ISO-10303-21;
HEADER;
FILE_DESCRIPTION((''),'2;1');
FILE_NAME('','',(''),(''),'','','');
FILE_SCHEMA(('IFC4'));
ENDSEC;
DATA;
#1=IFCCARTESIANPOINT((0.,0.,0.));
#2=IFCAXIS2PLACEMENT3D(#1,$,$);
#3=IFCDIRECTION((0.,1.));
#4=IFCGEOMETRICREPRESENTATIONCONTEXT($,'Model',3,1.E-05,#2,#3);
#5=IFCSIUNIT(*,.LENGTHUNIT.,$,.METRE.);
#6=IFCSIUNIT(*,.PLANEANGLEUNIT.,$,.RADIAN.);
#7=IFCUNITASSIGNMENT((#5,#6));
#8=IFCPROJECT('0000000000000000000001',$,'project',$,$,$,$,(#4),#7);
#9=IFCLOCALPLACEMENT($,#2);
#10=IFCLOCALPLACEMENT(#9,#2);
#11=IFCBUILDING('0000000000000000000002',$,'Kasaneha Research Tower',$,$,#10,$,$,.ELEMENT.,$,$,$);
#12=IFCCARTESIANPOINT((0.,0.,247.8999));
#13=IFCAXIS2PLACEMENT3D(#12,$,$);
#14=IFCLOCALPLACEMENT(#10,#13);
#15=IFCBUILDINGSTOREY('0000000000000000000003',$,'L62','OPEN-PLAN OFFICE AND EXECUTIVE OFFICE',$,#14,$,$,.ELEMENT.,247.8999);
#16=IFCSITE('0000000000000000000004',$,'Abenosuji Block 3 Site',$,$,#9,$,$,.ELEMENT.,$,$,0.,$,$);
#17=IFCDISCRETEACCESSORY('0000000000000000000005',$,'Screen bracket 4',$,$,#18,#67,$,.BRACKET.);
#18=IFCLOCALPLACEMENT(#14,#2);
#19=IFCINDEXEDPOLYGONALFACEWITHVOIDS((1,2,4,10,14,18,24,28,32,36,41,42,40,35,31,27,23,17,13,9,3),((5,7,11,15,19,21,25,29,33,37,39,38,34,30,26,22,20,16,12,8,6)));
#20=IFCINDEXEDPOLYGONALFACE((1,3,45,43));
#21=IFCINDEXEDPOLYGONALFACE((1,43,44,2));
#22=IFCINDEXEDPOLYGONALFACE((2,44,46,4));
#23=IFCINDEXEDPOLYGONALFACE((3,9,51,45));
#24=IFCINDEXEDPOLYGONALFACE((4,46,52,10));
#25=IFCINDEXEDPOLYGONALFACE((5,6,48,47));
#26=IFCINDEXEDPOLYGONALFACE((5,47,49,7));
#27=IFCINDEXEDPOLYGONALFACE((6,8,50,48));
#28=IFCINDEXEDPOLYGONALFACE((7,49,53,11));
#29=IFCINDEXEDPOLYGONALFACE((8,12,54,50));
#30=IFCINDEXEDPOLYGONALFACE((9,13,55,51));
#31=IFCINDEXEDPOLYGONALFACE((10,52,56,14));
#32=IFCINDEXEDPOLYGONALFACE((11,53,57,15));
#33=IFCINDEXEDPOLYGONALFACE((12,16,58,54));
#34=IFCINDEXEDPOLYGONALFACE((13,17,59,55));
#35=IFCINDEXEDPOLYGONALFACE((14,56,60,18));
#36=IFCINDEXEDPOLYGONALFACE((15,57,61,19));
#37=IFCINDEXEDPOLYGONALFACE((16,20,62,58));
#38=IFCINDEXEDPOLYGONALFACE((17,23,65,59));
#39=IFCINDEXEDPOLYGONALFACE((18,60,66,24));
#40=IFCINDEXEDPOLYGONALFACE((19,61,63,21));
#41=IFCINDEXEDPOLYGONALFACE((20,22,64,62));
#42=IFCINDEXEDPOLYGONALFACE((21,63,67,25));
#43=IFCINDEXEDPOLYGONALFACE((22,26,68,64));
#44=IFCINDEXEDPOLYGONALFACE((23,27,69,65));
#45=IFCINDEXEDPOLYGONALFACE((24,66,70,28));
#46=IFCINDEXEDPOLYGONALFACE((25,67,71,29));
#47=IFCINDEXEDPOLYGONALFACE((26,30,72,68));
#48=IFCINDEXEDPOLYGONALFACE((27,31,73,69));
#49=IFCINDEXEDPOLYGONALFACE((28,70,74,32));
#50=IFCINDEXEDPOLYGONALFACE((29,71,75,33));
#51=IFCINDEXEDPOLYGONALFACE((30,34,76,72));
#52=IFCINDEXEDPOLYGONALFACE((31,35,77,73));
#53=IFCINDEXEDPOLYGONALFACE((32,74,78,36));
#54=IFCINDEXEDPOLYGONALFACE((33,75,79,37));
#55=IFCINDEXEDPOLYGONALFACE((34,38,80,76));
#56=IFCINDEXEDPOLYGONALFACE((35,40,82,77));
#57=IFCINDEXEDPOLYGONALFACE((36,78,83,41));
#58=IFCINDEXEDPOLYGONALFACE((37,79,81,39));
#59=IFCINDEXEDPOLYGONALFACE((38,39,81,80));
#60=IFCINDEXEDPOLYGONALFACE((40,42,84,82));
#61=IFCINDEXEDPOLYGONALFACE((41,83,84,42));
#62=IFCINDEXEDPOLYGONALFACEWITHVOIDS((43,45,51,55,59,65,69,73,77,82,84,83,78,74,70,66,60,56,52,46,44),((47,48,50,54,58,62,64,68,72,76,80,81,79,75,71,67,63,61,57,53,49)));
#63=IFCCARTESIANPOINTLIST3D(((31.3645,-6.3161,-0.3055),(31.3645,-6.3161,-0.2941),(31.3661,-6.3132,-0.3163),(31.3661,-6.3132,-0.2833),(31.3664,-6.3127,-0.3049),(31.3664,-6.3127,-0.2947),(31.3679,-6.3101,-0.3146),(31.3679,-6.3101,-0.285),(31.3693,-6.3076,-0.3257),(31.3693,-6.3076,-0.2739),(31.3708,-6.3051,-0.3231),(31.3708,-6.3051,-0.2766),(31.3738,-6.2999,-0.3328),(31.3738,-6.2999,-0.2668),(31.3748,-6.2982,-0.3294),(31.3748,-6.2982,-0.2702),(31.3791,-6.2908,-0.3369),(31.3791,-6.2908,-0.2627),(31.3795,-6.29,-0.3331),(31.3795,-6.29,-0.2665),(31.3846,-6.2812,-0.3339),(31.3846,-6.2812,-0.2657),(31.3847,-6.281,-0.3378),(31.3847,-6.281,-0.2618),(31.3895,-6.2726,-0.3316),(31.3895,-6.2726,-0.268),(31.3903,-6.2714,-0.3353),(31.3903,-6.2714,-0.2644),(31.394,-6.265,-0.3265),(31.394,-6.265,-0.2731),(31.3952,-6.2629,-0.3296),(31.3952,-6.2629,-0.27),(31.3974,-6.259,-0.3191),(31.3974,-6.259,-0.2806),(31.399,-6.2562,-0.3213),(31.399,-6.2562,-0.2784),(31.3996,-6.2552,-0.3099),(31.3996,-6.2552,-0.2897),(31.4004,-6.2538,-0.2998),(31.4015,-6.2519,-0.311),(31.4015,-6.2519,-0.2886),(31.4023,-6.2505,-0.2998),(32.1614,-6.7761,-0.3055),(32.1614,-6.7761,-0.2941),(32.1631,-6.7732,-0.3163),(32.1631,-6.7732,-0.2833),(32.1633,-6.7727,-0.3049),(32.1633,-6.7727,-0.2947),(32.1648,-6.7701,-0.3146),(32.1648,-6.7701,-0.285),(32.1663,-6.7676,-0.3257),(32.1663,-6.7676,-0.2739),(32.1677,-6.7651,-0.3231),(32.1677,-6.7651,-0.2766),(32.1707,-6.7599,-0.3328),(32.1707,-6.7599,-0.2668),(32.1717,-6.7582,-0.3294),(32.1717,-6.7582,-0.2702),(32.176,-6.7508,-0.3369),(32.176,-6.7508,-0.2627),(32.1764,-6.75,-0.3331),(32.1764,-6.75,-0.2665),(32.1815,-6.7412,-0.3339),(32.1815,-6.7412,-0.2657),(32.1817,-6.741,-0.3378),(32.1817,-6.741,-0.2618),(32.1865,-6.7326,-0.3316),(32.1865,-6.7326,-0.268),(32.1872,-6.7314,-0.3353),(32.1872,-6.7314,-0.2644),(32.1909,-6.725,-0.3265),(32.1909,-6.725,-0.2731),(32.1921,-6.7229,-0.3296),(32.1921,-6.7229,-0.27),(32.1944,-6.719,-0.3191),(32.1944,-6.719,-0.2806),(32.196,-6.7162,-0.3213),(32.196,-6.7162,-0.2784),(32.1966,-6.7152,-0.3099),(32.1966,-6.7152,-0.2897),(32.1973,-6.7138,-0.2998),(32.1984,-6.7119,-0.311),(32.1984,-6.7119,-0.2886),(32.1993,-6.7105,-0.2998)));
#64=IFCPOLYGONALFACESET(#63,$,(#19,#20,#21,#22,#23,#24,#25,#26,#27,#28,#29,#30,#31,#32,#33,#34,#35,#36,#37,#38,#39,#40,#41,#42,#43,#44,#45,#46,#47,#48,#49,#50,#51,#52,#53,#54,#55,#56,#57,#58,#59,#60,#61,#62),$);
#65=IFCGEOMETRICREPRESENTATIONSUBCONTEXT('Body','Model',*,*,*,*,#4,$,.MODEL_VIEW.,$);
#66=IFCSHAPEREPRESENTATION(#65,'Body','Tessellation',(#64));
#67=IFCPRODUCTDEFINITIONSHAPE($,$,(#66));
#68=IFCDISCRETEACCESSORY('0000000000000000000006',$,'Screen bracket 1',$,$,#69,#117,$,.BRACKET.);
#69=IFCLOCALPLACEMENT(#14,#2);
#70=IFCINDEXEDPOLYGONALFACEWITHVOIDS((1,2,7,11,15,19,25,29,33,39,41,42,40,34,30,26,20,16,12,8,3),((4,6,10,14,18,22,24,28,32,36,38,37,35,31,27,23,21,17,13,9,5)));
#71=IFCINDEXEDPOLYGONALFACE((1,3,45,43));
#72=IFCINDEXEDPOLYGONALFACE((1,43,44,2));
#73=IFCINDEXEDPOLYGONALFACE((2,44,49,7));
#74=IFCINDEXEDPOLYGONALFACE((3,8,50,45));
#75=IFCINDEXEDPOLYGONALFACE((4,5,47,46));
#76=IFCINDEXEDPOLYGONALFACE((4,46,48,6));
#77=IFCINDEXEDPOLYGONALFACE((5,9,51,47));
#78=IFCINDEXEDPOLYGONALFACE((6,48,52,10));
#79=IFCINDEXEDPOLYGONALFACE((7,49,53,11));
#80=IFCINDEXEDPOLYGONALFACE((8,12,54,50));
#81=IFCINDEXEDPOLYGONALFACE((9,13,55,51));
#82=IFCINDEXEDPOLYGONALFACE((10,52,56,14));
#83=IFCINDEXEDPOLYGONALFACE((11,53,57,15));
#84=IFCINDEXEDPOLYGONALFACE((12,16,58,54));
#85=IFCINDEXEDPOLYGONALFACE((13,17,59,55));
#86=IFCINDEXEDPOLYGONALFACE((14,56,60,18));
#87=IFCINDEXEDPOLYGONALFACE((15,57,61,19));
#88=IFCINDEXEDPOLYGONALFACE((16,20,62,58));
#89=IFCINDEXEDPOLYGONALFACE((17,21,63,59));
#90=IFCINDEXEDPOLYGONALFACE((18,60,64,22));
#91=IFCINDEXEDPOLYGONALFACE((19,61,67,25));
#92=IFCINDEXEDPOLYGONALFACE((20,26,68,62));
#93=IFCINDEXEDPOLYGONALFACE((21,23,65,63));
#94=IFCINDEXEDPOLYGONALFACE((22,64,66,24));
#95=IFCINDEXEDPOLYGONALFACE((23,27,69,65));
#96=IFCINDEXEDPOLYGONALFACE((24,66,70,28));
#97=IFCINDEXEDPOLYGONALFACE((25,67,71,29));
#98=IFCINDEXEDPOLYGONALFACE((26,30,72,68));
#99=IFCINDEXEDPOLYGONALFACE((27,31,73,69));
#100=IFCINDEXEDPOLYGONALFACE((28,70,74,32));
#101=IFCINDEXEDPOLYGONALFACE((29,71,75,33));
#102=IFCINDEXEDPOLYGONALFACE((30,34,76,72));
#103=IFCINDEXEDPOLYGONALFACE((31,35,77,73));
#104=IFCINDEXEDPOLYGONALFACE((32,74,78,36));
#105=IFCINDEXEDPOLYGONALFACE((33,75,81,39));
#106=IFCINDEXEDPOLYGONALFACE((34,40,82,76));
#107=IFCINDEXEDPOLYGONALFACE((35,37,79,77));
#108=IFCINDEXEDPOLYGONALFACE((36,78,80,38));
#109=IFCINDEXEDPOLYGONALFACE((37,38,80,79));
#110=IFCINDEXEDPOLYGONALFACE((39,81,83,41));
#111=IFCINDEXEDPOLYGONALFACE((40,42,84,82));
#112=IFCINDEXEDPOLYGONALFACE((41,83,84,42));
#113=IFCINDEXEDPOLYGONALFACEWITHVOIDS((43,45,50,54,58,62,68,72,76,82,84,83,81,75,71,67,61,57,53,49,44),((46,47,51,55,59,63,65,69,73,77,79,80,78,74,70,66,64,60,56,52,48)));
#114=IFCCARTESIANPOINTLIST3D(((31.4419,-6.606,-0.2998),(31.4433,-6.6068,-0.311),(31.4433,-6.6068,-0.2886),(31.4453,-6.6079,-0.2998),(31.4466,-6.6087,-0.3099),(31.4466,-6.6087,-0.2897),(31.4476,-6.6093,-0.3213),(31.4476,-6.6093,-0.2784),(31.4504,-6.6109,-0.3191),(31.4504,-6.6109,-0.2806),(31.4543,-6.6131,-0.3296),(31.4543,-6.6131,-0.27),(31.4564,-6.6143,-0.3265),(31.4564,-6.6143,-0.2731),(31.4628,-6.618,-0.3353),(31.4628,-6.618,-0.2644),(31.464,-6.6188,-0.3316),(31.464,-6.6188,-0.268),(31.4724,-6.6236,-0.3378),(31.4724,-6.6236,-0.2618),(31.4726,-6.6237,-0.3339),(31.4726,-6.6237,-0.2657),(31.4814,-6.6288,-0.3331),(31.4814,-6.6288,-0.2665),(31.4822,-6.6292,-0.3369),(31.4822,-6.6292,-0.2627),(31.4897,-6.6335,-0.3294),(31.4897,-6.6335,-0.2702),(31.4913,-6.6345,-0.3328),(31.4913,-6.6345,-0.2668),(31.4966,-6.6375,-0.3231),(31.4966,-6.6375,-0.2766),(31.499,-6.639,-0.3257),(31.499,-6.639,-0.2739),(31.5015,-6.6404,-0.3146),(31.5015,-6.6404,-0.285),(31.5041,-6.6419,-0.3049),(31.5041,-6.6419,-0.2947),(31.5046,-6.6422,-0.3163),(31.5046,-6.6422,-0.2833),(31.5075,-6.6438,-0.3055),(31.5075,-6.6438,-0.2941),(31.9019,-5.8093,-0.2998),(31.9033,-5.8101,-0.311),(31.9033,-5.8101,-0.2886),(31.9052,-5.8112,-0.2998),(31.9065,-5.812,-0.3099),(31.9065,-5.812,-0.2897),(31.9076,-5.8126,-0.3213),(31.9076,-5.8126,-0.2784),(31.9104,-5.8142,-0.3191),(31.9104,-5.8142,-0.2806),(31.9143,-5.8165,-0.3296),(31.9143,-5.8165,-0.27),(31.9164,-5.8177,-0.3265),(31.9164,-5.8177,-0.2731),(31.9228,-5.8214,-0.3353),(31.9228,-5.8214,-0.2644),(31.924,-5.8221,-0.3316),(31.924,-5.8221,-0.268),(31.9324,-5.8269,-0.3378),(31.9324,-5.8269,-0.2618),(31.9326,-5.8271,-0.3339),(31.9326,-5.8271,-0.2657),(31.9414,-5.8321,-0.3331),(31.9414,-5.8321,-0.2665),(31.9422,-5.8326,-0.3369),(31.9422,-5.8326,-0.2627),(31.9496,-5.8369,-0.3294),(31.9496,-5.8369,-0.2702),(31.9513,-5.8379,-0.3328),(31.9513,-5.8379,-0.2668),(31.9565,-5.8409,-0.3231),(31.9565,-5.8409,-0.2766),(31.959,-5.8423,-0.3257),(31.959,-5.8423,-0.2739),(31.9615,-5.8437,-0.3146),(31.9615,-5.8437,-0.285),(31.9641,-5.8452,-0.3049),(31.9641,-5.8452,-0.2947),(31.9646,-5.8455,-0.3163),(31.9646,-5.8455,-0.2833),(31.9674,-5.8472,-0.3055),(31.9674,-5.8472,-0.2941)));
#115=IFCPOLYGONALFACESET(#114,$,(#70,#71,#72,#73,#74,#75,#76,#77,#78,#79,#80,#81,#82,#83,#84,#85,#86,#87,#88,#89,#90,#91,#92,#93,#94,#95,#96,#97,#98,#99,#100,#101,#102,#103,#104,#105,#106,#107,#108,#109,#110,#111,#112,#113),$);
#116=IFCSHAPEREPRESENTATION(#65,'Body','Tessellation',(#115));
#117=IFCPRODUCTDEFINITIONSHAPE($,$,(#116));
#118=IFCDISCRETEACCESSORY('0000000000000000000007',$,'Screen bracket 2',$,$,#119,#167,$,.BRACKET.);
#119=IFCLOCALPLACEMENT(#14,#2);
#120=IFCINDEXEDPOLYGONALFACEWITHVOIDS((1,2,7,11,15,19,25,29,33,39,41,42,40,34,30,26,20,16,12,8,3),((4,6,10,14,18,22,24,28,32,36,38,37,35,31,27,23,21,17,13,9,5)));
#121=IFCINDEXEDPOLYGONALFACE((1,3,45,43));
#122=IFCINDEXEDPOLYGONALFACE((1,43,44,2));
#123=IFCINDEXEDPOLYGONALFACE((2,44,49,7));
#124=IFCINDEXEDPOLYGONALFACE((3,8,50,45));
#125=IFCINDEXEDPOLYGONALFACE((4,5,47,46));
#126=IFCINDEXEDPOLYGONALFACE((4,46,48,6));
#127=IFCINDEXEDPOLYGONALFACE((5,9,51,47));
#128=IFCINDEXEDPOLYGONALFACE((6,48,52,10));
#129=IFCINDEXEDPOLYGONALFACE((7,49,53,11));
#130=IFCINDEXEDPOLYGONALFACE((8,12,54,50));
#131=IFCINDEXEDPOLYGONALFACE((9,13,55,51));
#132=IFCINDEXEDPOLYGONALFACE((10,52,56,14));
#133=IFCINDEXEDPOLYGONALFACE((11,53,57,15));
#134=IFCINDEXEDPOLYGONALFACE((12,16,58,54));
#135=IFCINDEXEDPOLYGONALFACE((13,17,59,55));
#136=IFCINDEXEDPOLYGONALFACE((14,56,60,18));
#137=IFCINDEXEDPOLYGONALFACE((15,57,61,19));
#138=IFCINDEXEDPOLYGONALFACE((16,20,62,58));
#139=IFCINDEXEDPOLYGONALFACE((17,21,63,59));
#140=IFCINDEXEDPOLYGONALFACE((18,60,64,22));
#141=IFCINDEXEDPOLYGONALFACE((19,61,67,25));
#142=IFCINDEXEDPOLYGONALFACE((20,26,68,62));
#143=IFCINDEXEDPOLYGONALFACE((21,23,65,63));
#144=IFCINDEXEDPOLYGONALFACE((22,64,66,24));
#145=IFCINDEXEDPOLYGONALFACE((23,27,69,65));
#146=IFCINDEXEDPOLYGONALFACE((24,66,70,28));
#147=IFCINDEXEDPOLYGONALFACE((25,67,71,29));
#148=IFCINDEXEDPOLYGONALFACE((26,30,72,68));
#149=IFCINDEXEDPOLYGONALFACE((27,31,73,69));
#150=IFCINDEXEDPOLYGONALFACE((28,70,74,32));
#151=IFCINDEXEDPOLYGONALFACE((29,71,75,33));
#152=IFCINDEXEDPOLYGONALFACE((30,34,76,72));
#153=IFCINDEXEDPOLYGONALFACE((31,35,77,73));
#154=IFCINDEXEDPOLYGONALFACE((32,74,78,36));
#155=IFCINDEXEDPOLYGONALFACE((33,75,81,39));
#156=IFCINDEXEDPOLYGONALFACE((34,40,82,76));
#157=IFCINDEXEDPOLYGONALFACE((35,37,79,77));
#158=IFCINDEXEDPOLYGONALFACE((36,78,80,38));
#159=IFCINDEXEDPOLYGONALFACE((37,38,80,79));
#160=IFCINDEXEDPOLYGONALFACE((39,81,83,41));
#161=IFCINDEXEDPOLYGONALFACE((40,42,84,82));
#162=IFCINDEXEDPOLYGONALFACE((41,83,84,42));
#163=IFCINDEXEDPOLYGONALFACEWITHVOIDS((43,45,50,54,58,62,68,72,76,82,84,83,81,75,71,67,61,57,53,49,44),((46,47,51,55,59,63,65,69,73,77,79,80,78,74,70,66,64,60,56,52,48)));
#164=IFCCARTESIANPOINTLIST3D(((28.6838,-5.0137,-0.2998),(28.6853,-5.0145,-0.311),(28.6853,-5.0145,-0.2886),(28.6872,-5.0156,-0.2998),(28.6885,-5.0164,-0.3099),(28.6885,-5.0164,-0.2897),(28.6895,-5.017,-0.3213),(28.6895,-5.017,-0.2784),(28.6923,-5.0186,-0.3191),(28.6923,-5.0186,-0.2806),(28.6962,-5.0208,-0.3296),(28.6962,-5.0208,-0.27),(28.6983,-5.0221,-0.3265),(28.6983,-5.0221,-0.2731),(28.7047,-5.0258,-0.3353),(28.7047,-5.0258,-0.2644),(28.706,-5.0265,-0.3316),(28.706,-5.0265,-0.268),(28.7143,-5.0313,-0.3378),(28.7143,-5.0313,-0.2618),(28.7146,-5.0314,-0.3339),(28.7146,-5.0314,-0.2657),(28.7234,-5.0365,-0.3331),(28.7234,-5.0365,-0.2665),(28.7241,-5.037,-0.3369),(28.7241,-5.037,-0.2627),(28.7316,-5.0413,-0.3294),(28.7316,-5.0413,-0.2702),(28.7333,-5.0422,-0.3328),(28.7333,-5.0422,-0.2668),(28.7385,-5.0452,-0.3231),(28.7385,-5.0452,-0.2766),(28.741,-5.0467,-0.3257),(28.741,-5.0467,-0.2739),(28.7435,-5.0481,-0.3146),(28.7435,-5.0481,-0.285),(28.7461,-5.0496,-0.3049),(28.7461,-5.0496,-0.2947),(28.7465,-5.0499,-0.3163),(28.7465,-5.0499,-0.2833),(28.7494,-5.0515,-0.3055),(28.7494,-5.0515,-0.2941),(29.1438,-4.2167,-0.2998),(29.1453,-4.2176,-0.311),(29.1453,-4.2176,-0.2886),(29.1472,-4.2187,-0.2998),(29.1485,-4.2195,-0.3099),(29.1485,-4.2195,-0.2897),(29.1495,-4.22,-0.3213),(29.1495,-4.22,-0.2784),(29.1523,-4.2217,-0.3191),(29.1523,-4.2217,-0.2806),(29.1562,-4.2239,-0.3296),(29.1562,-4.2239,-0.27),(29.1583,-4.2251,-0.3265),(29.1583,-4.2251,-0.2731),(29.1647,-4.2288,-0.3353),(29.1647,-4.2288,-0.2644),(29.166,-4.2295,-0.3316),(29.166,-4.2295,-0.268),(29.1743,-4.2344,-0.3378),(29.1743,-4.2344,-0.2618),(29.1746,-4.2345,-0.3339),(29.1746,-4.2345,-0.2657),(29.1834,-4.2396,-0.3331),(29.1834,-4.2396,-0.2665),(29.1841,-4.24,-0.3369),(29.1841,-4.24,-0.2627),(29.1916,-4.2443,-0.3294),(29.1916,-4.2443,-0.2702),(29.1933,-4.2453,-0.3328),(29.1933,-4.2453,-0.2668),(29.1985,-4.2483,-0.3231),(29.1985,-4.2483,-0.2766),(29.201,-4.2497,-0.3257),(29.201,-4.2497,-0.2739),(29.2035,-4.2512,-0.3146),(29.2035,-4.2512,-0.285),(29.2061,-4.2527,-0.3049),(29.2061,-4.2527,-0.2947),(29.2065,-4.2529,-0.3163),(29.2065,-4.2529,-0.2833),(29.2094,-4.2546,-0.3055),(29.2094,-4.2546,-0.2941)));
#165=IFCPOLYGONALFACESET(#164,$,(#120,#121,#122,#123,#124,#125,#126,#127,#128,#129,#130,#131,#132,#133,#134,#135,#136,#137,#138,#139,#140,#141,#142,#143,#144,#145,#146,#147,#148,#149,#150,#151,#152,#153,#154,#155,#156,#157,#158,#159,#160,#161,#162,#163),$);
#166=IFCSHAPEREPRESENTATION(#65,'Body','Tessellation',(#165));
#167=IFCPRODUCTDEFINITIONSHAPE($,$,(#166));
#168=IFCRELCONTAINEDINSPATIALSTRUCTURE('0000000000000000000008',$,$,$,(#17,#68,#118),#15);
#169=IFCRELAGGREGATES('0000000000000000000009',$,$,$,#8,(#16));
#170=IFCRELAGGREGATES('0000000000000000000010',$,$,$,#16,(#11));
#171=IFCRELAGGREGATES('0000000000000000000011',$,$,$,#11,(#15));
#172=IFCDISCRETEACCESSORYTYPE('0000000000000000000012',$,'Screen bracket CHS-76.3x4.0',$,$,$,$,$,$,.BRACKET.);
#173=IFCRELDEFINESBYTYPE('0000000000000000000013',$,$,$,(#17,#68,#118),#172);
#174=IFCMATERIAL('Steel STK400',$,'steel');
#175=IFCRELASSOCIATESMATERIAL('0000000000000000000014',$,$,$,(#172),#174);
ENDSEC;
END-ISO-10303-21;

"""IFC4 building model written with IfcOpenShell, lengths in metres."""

from ifc_helpers import new_model, si_unit, direction, frame, origin, origin_2d, place, context, subcontext, project, spatial, hollow_circle, extrude, material, material_profile, profile_set, type_object, element, save


model = new_model("IFC4")

# Units and contexts
model_context = context("Model", 3, precision=1e-05, world=origin(), true_north=direction((0.0, 1.0)))
body_context = subcontext(model_context, "Body", "Model", "MODEL_VIEW")
ifc_project = project(units=[si_unit("LENGTHUNIT", "METRE"), si_unit("PLANEANGLEUNIT", "RADIAN")], contexts=[model_context])

# Site, building, storey
site_placement = place(None, origin())
site = spatial("IfcSite", under=ifc_project, at=site_placement, Name="Abenosuji Block 3 Site", CompositionType="ELEMENT", RefElevation=0.0)
building_placement = place(site_placement, origin())
building = spatial("IfcBuilding", under=site, at=building_placement, Name="Kasaneha Research Tower", CompositionType="ELEMENT")
storey_placement = place(building_placement, frame((0.0, 0.0, 247.8999)))
storey = spatial("IfcBuildingStorey", under=building, at=storey_placement, Name="L62", Description="OPEN-PLAN OFFICE AND EXECUTIVE OFFICE", CompositionType="ELEMENT", Elevation=247.8999)

# Discrete accessories
ifc_material_1 = material(Name="Steel STK400", Category="steel")
ifc_material_profile_1 = material_profile(ifc_material_1, hollow_circle(Radius=0.0381, WallThickness=0.0039, at=origin_2d()), Name="CHS-76.3x4.0")
ifc_profile_set_1 = profile_set([ifc_material_profile_1], Name="Steel STK400")
discrete_accessory_type = type_object("IfcDiscreteAccessoryType", Name="Screen bracket CHS-76.3x4.0", PredefinedType="BRACKET", material=ifc_profile_set_1)
discrete_accessory_1_placement = place(storey_placement, frame((31.3833, -6.2834, -0.2998), z_axis=(0.86608, -0.499906, 0.0), x_axis=(0.499906, 0.86608, 0.0)))
element("IfcDiscreteAccessory", 1, at=discrete_accessory_1_placement, inside=storey, type_object=discrete_accessory_type, Name="Screen bracket 4", PredefinedType="BRACKET", context=body_context, shape_type="SweptSolid", body=[
    extrude(hollow_circle(Radius=0.0381, WallThickness=0.0039, at=origin_2d()), origin(), (0.0, 0.0, 1.0), 0.9202),
])
discrete_accessory_2_placement = place(storey_placement, frame((31.4749, -6.625, -0.2998), z_axis=(0.500021, 0.866013, 0.0), x_axis=(-0.866013, 0.500021, 0.0)))
element("IfcDiscreteAccessory", 2, at=discrete_accessory_2_placement, inside=storey, type_object=discrete_accessory_type, Name="Screen bracket 1", PredefinedType="BRACKET", context=body_context, shape_type="SweptSolid", body=[
    extrude(hollow_circle(Radius=0.0381, WallThickness=0.0039, at=origin_2d()), origin(), (0.0, 0.0, 1.0), 0.9199),
])
discrete_accessory_3_placement = place(storey_placement, frame((28.7168, -5.0327, -0.2998), z_axis=(0.499906, 0.86608, 0.0), x_axis=(-0.86608, 0.499906, 0.0)))
element("IfcDiscreteAccessory", 3, at=discrete_accessory_3_placement, inside=storey, type_object=discrete_accessory_type, Name="Screen bracket 2", PredefinedType="BRACKET", context=body_context, shape_type="SweptSolid", body=[
    extrude(hollow_circle(Radius=0.0381, WallThickness=0.0039, at=origin_2d()), origin(), (0.0, 0.0, 1.0), 0.9202),
])

save(model, "model.ifc")
